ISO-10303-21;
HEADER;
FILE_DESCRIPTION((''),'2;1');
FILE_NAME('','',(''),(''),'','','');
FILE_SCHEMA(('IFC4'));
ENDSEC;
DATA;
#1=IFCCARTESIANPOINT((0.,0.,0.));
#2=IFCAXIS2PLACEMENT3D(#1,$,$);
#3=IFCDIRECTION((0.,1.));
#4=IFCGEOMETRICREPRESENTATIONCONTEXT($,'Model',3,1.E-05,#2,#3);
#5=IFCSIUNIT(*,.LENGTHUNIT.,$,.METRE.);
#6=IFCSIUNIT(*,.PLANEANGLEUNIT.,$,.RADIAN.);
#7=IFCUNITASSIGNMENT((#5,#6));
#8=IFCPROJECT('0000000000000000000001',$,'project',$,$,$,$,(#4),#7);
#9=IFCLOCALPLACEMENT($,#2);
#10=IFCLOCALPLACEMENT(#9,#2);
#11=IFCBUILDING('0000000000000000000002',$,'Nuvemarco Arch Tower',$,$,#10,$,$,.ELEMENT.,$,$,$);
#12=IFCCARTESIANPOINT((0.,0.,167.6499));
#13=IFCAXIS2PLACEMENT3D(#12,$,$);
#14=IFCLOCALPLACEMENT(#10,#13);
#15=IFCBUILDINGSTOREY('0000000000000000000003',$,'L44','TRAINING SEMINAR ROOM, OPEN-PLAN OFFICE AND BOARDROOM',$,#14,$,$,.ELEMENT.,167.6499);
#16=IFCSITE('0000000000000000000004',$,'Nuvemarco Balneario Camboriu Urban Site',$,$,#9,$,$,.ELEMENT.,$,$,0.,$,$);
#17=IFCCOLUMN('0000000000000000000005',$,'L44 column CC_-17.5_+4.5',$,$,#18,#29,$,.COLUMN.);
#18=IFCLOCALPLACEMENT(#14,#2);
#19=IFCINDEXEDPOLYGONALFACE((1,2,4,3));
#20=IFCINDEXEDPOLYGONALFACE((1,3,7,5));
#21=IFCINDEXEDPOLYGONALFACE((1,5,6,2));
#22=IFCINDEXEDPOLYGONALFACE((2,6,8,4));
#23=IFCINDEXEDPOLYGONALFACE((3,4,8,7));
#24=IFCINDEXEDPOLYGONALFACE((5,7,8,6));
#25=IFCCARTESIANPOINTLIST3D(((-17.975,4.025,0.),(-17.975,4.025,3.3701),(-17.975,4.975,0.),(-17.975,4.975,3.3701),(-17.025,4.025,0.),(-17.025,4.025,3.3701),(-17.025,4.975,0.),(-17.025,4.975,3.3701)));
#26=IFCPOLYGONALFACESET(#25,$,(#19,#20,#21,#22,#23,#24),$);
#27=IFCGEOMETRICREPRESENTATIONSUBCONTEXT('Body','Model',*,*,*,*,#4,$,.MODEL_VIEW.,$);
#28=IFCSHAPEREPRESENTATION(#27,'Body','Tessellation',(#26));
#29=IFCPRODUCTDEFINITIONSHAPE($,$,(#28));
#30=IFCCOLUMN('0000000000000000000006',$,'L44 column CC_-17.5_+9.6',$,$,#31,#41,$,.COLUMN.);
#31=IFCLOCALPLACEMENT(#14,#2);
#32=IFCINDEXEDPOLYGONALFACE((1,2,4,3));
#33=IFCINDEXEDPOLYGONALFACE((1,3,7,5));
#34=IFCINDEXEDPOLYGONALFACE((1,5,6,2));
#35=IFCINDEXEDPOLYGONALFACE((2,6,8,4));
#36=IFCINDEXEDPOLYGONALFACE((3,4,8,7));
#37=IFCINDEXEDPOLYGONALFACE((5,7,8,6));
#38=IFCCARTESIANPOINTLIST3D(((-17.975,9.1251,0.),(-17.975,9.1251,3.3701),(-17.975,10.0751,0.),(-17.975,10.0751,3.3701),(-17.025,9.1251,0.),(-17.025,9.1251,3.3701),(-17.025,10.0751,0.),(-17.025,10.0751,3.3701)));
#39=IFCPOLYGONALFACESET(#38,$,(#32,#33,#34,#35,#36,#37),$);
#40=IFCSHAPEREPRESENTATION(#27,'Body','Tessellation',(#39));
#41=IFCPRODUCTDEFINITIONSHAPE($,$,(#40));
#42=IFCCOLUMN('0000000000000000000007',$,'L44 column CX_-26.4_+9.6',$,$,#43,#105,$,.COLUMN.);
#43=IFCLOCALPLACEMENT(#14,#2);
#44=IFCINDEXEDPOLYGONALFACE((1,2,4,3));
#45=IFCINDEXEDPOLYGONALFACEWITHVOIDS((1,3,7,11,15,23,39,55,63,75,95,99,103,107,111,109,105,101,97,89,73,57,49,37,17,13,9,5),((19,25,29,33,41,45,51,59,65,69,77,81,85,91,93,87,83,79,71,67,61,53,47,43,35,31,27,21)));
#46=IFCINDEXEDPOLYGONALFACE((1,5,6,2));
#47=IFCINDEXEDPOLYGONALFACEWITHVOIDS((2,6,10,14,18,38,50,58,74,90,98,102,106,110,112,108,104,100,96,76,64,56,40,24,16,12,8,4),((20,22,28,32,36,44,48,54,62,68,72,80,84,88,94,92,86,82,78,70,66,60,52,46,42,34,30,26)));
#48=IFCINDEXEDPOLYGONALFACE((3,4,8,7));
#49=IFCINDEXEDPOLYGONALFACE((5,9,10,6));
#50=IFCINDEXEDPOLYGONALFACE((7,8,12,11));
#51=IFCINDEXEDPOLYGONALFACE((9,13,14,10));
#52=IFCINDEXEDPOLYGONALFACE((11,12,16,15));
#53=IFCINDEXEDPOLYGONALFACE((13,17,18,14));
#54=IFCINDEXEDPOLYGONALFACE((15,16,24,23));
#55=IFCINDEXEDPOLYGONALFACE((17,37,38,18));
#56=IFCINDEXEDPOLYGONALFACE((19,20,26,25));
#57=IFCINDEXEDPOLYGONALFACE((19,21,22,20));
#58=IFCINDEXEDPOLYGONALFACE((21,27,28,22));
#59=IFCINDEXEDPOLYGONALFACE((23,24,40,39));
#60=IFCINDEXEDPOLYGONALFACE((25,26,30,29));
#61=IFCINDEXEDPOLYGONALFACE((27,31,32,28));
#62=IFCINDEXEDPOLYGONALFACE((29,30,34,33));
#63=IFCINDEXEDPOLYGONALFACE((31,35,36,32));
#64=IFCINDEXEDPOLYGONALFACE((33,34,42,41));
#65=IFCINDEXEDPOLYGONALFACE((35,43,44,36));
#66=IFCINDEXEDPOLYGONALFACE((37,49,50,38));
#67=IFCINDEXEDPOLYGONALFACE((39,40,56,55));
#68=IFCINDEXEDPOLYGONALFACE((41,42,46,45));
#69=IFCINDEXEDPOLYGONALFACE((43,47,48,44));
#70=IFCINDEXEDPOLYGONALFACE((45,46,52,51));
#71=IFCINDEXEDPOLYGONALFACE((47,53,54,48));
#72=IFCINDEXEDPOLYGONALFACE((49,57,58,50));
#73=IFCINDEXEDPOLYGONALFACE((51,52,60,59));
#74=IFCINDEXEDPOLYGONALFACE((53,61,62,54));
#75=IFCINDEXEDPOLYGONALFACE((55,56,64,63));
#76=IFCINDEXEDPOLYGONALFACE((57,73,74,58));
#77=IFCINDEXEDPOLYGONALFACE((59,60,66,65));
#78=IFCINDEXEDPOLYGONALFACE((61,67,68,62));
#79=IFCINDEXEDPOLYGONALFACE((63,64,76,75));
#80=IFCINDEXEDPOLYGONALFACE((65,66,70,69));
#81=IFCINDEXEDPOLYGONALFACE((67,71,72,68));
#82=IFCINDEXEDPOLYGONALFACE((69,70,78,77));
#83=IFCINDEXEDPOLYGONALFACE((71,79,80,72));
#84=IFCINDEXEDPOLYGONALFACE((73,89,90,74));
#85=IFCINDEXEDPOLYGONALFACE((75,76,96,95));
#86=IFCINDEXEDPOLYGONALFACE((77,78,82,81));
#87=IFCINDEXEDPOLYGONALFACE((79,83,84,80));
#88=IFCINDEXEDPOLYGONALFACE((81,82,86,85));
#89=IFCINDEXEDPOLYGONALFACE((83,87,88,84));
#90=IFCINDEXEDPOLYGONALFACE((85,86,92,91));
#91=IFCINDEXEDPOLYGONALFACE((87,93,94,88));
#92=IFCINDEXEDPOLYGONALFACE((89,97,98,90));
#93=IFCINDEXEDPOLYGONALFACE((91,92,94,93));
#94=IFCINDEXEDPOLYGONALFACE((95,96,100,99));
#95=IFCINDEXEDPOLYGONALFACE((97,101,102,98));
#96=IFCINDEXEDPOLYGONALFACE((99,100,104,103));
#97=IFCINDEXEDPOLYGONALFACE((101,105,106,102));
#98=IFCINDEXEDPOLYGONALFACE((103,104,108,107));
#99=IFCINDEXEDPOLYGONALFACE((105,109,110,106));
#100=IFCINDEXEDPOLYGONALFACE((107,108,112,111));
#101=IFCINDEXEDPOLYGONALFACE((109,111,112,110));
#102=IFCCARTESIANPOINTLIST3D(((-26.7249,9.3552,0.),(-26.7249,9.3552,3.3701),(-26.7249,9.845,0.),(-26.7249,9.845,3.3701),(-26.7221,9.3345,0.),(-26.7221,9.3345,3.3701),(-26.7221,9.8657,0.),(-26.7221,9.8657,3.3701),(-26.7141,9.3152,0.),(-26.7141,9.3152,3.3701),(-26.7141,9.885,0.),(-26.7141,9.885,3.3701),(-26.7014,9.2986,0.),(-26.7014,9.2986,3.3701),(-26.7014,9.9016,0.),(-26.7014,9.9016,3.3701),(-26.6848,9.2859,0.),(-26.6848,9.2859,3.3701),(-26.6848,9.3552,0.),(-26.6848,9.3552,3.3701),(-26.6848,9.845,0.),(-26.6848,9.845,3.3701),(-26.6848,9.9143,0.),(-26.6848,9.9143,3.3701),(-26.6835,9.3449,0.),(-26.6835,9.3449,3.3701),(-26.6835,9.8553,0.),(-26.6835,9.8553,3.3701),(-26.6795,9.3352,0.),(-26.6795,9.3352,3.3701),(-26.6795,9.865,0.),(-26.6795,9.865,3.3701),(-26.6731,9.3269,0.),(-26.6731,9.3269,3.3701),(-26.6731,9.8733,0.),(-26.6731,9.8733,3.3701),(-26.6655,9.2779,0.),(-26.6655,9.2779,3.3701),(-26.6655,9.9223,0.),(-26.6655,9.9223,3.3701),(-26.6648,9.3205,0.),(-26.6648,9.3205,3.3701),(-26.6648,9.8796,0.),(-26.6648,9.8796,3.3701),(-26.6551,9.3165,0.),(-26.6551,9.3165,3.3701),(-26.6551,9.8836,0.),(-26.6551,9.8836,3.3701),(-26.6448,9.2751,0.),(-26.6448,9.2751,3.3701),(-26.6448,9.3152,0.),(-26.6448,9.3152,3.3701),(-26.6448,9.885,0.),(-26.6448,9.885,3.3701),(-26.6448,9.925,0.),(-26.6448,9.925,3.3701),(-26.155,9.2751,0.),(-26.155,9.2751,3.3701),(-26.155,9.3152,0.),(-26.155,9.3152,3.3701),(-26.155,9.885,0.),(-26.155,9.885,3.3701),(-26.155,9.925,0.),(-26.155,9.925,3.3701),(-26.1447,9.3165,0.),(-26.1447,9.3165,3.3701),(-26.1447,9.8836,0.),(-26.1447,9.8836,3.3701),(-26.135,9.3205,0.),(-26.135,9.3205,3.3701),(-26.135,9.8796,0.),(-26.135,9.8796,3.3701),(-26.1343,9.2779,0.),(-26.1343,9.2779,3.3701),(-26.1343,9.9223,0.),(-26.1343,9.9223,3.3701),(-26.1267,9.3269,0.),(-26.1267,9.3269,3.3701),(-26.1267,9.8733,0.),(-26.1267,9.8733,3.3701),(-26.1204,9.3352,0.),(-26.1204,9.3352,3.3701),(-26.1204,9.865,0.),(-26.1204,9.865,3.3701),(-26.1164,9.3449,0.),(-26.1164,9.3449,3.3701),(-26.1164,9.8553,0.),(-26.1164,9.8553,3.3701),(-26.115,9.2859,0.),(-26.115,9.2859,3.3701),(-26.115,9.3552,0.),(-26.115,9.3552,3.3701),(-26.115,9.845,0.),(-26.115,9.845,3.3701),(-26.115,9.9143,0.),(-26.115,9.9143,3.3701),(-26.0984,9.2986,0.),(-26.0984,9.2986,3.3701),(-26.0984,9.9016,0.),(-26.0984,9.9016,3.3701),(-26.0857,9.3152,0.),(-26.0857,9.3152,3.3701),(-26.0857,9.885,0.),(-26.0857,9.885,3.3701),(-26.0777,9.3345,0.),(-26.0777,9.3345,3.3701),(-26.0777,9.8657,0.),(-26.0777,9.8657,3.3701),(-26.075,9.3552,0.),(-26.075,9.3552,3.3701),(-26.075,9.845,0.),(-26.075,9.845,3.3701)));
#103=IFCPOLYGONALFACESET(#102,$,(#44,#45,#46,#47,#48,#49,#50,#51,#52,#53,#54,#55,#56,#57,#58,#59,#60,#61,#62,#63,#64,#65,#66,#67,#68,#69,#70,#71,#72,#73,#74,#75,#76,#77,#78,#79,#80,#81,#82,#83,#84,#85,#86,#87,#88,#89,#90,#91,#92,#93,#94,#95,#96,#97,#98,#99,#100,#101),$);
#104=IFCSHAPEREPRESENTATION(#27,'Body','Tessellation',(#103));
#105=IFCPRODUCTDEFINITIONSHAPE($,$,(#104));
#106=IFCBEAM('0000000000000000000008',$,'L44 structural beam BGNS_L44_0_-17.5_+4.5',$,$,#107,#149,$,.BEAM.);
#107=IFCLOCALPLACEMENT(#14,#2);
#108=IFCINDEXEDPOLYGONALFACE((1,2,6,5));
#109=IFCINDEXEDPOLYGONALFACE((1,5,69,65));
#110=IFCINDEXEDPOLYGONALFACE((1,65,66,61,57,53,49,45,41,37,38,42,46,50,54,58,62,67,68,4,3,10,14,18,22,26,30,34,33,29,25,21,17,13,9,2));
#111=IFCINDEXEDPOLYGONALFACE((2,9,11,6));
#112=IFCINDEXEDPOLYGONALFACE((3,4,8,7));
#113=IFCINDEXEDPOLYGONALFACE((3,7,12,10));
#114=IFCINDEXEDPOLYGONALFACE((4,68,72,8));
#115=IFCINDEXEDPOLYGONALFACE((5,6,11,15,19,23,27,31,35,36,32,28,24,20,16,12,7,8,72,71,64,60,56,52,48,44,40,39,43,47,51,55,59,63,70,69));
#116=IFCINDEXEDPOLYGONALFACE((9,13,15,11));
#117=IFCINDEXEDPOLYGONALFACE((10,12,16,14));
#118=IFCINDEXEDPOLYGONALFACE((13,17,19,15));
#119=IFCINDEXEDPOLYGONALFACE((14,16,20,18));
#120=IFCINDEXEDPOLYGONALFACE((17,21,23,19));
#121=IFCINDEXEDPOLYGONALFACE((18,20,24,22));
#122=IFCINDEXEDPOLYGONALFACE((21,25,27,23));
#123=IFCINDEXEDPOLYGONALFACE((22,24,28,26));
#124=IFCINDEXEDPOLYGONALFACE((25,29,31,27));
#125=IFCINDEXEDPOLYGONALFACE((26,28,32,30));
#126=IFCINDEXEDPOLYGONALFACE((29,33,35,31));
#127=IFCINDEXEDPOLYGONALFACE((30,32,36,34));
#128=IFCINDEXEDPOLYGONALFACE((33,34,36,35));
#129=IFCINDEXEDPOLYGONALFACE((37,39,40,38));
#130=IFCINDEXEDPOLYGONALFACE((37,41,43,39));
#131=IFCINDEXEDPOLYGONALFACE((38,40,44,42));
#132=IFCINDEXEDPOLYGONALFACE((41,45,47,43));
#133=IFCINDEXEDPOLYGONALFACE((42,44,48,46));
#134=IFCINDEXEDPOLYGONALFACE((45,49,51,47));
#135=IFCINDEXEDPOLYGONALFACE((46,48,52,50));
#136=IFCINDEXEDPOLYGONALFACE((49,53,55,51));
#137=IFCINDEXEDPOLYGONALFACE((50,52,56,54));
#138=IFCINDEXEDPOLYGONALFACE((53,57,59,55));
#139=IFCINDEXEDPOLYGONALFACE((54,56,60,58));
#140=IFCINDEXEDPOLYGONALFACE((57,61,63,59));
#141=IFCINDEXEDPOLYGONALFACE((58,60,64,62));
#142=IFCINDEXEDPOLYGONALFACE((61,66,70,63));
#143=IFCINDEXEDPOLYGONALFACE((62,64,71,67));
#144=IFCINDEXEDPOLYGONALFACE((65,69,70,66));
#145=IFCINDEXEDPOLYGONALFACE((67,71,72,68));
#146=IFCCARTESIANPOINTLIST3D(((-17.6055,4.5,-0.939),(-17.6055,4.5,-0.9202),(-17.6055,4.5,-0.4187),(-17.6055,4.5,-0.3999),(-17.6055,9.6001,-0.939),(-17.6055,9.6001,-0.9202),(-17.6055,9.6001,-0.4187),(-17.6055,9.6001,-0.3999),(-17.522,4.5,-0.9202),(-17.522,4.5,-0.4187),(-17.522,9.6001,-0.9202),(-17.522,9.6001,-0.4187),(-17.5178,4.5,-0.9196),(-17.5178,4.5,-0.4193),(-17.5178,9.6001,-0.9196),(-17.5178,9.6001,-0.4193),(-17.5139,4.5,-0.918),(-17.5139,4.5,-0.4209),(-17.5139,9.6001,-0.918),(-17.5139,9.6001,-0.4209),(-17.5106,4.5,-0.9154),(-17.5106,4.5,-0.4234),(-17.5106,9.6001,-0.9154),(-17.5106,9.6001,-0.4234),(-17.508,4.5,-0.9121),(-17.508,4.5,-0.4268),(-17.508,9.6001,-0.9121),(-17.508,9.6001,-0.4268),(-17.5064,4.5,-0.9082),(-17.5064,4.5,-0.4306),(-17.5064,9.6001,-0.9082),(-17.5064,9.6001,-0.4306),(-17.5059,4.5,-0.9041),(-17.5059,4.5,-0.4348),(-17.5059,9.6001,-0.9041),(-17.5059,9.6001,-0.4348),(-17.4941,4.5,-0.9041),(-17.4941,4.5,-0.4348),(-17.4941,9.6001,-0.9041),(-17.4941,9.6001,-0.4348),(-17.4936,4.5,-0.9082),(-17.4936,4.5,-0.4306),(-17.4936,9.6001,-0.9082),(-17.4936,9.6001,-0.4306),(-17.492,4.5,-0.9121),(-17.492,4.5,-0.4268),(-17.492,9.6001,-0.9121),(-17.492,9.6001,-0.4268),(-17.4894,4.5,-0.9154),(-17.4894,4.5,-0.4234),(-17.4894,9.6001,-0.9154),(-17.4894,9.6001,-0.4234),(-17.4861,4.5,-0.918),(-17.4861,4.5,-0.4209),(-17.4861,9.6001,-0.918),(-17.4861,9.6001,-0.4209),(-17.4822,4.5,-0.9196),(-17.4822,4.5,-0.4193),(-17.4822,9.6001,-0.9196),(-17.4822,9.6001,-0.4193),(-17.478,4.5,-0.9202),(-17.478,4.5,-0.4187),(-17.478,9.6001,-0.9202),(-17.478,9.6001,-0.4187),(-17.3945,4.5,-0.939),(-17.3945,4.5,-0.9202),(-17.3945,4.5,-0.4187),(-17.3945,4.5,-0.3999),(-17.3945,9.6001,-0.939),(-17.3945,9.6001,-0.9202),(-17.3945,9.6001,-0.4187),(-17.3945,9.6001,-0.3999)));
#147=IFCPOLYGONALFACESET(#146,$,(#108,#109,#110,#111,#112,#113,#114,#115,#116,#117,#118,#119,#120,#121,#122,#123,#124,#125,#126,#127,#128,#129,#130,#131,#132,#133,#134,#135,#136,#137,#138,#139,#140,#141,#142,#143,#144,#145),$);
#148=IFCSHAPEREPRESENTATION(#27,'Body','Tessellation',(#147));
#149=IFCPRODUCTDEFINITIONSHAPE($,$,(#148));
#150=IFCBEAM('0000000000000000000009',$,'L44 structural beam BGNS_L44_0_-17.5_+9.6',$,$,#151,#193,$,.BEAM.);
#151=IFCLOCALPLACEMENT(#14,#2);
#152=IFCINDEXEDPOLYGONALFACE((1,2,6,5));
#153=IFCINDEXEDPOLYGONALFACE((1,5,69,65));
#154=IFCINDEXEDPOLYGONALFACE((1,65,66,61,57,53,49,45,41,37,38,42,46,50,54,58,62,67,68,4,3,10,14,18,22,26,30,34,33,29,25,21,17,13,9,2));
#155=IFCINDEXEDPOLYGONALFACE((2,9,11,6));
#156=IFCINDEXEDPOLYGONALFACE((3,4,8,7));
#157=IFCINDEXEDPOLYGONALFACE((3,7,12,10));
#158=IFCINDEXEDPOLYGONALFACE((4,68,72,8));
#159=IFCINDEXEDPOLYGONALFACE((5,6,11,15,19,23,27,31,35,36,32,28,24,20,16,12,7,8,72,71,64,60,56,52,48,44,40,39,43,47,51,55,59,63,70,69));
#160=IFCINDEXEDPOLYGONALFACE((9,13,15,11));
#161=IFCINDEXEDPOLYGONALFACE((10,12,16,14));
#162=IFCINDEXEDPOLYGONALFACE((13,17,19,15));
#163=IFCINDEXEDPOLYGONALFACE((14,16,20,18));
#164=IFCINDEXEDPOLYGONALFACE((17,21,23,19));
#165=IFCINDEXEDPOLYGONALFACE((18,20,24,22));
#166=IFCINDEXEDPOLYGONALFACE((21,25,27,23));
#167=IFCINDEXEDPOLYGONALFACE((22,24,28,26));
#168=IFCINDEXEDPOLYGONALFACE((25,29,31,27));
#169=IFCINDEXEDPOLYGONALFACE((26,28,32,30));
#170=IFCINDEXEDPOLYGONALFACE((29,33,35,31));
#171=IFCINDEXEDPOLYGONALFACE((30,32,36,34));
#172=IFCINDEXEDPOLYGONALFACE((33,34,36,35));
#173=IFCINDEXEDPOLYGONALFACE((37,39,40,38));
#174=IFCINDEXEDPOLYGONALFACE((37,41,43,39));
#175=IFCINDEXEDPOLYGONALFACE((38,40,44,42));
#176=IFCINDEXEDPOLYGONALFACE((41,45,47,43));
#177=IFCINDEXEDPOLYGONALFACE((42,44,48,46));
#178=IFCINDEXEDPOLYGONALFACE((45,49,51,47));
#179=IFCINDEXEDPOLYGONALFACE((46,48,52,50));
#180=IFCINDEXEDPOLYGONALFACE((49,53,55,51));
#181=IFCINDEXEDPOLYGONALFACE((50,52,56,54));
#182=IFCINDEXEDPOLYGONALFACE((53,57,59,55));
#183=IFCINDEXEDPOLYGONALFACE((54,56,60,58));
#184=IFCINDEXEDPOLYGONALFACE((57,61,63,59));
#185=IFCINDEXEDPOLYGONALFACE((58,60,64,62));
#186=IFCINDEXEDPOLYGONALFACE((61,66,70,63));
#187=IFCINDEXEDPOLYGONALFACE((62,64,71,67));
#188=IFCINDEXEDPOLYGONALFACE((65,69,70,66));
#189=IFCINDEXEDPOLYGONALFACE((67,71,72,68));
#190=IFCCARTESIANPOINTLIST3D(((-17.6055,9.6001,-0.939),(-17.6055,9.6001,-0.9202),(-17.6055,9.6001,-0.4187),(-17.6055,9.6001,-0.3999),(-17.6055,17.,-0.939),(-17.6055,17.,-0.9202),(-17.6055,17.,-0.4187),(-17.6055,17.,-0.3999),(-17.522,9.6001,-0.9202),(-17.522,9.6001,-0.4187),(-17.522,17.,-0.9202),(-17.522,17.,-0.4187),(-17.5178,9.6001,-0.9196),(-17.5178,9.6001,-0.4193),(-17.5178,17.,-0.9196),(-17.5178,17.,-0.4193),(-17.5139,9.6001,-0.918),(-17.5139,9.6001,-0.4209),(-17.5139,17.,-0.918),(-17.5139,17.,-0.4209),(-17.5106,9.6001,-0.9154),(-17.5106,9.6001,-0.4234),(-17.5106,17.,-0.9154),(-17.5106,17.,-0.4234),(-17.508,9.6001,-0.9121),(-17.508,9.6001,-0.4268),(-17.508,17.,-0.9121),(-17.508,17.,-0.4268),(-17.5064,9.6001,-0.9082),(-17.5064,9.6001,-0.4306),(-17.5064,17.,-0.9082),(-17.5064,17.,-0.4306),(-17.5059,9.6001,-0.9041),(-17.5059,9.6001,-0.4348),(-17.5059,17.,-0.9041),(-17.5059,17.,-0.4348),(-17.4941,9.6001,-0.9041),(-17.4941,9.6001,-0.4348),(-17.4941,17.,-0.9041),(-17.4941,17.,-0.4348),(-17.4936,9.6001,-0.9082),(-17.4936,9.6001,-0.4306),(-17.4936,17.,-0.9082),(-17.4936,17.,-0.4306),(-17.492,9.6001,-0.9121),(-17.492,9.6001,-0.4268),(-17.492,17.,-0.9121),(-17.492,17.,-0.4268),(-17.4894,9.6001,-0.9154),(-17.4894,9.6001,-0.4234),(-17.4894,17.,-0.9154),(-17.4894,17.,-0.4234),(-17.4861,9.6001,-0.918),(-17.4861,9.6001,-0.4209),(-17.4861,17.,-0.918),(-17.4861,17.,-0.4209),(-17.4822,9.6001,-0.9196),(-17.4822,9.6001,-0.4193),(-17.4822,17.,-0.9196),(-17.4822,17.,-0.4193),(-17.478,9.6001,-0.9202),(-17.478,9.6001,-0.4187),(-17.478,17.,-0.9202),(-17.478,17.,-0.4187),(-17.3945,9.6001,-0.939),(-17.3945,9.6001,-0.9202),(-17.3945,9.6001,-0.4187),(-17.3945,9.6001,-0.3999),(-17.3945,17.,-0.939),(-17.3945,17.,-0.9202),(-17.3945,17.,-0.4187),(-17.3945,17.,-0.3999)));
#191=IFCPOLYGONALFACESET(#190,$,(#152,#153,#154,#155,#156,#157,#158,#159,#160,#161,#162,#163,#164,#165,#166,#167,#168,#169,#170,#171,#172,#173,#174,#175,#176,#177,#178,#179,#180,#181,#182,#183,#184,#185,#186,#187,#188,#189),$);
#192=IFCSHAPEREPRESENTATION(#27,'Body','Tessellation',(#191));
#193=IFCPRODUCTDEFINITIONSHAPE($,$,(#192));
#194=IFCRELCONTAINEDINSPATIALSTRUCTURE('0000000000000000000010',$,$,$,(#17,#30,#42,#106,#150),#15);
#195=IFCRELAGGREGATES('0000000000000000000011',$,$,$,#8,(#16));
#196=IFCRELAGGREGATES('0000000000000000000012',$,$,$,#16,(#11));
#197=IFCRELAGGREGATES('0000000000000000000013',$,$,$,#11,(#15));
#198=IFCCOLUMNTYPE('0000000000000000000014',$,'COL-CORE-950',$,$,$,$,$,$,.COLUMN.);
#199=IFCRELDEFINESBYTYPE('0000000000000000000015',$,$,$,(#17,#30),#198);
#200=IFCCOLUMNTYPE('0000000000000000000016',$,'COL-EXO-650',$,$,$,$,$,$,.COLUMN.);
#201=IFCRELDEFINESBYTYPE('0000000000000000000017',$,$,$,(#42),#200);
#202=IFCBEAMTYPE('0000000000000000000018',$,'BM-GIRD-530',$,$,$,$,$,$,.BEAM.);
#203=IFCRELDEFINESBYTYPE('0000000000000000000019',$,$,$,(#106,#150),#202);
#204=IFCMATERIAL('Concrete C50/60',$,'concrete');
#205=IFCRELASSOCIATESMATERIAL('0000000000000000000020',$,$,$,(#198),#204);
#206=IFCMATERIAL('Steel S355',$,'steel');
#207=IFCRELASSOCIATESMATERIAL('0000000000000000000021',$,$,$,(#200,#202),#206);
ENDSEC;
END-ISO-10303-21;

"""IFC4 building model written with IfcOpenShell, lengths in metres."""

from ifc_helpers import new_model, si_unit, direction, frame, origin, origin_2d, place, context, subcontext, project, spatial, rectangle, hollow_rectangle, i_section, extrude, material, material_profile, profile_set, type_object, element, save


model = new_model("IFC4")

# Units and contexts
model_context = context("Model", 3, precision=1e-05, world=origin(), true_north=direction((0.0, 1.0)))
body_context = subcontext(model_context, "Body", "Model", "MODEL_VIEW")
ifc_project = project(units=[si_unit("LENGTHUNIT", "METRE"), si_unit("PLANEANGLEUNIT", "RADIAN")], contexts=[model_context])

# Site, building, storey
site_placement = place(None, origin())
site = spatial("IfcSite", under=ifc_project, at=site_placement, Name="Nuvemarco Balneario Camboriu Urban Site", CompositionType="ELEMENT", RefElevation=0.0)
building_placement = place(site_placement, origin())
building = spatial("IfcBuilding", under=site, at=building_placement, Name="Nuvemarco Arch Tower", CompositionType="ELEMENT")
storey_placement = place(building_placement, frame((0.0, 0.0, 167.6499)))
storey = spatial("IfcBuildingStorey", under=building, at=storey_placement, Name="L44", Description="TRAINING SEMINAR ROOM, OPEN-PLAN OFFICE AND BOARDROOM", CompositionType="ELEMENT", Elevation=167.6499)

# Columns
ifc_material_1 = material(Name="Concrete C50/60", Category="concrete")
ifc_material_profile_1 = material_profile(ifc_material_1, rectangle(XDim=0.95, YDim=0.95, at=origin_2d()), Name="RC-COL-950x950")
ifc_profile_set_1 = profile_set([ifc_material_profile_1], Name="Concrete C50/60")
column_type_1 = type_object("IfcColumnType", Name="COL-CORE-950", PredefinedType="COLUMN", material=ifc_profile_set_1)
for number, where, z_axis, x_axis, name in (
    (1, (-17.5, 4.5, 0.0), (0.0, 0.0, 1.0), (1.0, 0.0, 0.0), "L44 column CC_-17.5_+4.5"),
    (2, (-17.5, 9.6001, 0.0), (0.0, 0.0, 1.0), (1.0, 0.0, 0.0), "L44 column CC_-17.5_+9.6"),
):
    element("IfcColumn", number, at=place(storey_placement, frame(where, z_axis=z_axis, x_axis=x_axis)), inside=storey, type_object=column_type_1, Name=name, PredefinedType="COLUMN", context=body_context, shape_type="SweptSolid", body=[
        extrude(rectangle(XDim=0.95, YDim=0.95, at=origin_2d()), origin(), (0.0, 0.0, 1.0), 3.3701),
    ])
ifc_material_2 = material(Name="Steel S355", Category="steel")
ifc_material_profile_2 = material_profile(ifc_material_2, hollow_rectangle(XDim=0.6499, YDim=0.6499, WallThickness=0.04, InnerFilletRadius=0.04, OuterFilletRadius=0.0801, at=origin_2d()), Name="SHS650x650x40")
ifc_profile_set_2 = profile_set([ifc_material_profile_2], Name="Steel S355")
column_type_2 = type_object("IfcColumnType", Name="COL-EXO-650", PredefinedType="COLUMN", material=ifc_profile_set_2)
column_placement = place(storey_placement, frame((-26.3999, 9.6001, 0.0), z_axis=(0.0, 0.0, 1.0), x_axis=(1.0, 0.0, 0.0)))
element("IfcColumn", 3, at=column_placement, inside=storey, type_object=column_type_2, Name="L44 column CX_-26.4_+9.6", PredefinedType="COLUMN", context=body_context, shape_type="SweptSolid", body=[
    extrude(hollow_rectangle(XDim=0.6499, YDim=0.6499, WallThickness=0.04, InnerFilletRadius=0.04, OuterFilletRadius=0.0801, at=origin_2d()), origin(), (0.0, 0.0, 1.0), 3.3701),
])

# Beams
ifc_material_profile_3 = material_profile(ifc_material_2, i_section(OverallWidth=0.2109, OverallDepth=0.5391, WebThickness=0.0117, FlangeThickness=0.0188, FilletRadius=0.0161, at=origin_2d()), Name="W530x109")
ifc_profile_set_3 = profile_set([ifc_material_profile_3], Name="Steel S355")
beam_type_1 = type_object("IfcBeamType", Name="BM-GIRD-530", PredefinedType="BEAM", material=ifc_profile_set_3)
beam_1_placement = place(storey_placement, frame((-17.5, 4.5, -0.6694), z_axis=(0.0, 1.0, 0.0), x_axis=(-1.0, 0.0, 0.0)))
element("IfcBeam", 4, at=beam_1_placement, inside=storey, type_object=beam_type_1, Name="L44 structural beam BGNS_L44_0_-17.5_+4.5", PredefinedType="BEAM", context=body_context, shape_type="SweptSolid", body=[
    extrude(i_section(OverallWidth=0.2109, OverallDepth=0.5391, WebThickness=0.0117, FlangeThickness=0.0188, FilletRadius=0.0161, at=origin_2d()), origin(), (0.0, 0.0, 1.0), 5.1001),
])
beam_2_placement = place(storey_placement, frame((-17.5, 9.6001, -0.6694), z_axis=(0.0, 1.0, 0.0), x_axis=(-1.0, 0.0, 0.0)))
element("IfcBeam", 5, at=beam_2_placement, inside=storey, type_object=beam_type_1, Name="L44 structural beam BGNS_L44_0_-17.5_+9.6", PredefinedType="BEAM", context=body_context, shape_type="SweptSolid", body=[
    extrude(i_section(OverallWidth=0.2109, OverallDepth=0.5391, WebThickness=0.0117, FlangeThickness=0.0188, FilletRadius=0.0161, at=origin_2d()), origin(), (0.0, 0.0, 1.0), 7.3999),
])

save(model, "model.ifc")
